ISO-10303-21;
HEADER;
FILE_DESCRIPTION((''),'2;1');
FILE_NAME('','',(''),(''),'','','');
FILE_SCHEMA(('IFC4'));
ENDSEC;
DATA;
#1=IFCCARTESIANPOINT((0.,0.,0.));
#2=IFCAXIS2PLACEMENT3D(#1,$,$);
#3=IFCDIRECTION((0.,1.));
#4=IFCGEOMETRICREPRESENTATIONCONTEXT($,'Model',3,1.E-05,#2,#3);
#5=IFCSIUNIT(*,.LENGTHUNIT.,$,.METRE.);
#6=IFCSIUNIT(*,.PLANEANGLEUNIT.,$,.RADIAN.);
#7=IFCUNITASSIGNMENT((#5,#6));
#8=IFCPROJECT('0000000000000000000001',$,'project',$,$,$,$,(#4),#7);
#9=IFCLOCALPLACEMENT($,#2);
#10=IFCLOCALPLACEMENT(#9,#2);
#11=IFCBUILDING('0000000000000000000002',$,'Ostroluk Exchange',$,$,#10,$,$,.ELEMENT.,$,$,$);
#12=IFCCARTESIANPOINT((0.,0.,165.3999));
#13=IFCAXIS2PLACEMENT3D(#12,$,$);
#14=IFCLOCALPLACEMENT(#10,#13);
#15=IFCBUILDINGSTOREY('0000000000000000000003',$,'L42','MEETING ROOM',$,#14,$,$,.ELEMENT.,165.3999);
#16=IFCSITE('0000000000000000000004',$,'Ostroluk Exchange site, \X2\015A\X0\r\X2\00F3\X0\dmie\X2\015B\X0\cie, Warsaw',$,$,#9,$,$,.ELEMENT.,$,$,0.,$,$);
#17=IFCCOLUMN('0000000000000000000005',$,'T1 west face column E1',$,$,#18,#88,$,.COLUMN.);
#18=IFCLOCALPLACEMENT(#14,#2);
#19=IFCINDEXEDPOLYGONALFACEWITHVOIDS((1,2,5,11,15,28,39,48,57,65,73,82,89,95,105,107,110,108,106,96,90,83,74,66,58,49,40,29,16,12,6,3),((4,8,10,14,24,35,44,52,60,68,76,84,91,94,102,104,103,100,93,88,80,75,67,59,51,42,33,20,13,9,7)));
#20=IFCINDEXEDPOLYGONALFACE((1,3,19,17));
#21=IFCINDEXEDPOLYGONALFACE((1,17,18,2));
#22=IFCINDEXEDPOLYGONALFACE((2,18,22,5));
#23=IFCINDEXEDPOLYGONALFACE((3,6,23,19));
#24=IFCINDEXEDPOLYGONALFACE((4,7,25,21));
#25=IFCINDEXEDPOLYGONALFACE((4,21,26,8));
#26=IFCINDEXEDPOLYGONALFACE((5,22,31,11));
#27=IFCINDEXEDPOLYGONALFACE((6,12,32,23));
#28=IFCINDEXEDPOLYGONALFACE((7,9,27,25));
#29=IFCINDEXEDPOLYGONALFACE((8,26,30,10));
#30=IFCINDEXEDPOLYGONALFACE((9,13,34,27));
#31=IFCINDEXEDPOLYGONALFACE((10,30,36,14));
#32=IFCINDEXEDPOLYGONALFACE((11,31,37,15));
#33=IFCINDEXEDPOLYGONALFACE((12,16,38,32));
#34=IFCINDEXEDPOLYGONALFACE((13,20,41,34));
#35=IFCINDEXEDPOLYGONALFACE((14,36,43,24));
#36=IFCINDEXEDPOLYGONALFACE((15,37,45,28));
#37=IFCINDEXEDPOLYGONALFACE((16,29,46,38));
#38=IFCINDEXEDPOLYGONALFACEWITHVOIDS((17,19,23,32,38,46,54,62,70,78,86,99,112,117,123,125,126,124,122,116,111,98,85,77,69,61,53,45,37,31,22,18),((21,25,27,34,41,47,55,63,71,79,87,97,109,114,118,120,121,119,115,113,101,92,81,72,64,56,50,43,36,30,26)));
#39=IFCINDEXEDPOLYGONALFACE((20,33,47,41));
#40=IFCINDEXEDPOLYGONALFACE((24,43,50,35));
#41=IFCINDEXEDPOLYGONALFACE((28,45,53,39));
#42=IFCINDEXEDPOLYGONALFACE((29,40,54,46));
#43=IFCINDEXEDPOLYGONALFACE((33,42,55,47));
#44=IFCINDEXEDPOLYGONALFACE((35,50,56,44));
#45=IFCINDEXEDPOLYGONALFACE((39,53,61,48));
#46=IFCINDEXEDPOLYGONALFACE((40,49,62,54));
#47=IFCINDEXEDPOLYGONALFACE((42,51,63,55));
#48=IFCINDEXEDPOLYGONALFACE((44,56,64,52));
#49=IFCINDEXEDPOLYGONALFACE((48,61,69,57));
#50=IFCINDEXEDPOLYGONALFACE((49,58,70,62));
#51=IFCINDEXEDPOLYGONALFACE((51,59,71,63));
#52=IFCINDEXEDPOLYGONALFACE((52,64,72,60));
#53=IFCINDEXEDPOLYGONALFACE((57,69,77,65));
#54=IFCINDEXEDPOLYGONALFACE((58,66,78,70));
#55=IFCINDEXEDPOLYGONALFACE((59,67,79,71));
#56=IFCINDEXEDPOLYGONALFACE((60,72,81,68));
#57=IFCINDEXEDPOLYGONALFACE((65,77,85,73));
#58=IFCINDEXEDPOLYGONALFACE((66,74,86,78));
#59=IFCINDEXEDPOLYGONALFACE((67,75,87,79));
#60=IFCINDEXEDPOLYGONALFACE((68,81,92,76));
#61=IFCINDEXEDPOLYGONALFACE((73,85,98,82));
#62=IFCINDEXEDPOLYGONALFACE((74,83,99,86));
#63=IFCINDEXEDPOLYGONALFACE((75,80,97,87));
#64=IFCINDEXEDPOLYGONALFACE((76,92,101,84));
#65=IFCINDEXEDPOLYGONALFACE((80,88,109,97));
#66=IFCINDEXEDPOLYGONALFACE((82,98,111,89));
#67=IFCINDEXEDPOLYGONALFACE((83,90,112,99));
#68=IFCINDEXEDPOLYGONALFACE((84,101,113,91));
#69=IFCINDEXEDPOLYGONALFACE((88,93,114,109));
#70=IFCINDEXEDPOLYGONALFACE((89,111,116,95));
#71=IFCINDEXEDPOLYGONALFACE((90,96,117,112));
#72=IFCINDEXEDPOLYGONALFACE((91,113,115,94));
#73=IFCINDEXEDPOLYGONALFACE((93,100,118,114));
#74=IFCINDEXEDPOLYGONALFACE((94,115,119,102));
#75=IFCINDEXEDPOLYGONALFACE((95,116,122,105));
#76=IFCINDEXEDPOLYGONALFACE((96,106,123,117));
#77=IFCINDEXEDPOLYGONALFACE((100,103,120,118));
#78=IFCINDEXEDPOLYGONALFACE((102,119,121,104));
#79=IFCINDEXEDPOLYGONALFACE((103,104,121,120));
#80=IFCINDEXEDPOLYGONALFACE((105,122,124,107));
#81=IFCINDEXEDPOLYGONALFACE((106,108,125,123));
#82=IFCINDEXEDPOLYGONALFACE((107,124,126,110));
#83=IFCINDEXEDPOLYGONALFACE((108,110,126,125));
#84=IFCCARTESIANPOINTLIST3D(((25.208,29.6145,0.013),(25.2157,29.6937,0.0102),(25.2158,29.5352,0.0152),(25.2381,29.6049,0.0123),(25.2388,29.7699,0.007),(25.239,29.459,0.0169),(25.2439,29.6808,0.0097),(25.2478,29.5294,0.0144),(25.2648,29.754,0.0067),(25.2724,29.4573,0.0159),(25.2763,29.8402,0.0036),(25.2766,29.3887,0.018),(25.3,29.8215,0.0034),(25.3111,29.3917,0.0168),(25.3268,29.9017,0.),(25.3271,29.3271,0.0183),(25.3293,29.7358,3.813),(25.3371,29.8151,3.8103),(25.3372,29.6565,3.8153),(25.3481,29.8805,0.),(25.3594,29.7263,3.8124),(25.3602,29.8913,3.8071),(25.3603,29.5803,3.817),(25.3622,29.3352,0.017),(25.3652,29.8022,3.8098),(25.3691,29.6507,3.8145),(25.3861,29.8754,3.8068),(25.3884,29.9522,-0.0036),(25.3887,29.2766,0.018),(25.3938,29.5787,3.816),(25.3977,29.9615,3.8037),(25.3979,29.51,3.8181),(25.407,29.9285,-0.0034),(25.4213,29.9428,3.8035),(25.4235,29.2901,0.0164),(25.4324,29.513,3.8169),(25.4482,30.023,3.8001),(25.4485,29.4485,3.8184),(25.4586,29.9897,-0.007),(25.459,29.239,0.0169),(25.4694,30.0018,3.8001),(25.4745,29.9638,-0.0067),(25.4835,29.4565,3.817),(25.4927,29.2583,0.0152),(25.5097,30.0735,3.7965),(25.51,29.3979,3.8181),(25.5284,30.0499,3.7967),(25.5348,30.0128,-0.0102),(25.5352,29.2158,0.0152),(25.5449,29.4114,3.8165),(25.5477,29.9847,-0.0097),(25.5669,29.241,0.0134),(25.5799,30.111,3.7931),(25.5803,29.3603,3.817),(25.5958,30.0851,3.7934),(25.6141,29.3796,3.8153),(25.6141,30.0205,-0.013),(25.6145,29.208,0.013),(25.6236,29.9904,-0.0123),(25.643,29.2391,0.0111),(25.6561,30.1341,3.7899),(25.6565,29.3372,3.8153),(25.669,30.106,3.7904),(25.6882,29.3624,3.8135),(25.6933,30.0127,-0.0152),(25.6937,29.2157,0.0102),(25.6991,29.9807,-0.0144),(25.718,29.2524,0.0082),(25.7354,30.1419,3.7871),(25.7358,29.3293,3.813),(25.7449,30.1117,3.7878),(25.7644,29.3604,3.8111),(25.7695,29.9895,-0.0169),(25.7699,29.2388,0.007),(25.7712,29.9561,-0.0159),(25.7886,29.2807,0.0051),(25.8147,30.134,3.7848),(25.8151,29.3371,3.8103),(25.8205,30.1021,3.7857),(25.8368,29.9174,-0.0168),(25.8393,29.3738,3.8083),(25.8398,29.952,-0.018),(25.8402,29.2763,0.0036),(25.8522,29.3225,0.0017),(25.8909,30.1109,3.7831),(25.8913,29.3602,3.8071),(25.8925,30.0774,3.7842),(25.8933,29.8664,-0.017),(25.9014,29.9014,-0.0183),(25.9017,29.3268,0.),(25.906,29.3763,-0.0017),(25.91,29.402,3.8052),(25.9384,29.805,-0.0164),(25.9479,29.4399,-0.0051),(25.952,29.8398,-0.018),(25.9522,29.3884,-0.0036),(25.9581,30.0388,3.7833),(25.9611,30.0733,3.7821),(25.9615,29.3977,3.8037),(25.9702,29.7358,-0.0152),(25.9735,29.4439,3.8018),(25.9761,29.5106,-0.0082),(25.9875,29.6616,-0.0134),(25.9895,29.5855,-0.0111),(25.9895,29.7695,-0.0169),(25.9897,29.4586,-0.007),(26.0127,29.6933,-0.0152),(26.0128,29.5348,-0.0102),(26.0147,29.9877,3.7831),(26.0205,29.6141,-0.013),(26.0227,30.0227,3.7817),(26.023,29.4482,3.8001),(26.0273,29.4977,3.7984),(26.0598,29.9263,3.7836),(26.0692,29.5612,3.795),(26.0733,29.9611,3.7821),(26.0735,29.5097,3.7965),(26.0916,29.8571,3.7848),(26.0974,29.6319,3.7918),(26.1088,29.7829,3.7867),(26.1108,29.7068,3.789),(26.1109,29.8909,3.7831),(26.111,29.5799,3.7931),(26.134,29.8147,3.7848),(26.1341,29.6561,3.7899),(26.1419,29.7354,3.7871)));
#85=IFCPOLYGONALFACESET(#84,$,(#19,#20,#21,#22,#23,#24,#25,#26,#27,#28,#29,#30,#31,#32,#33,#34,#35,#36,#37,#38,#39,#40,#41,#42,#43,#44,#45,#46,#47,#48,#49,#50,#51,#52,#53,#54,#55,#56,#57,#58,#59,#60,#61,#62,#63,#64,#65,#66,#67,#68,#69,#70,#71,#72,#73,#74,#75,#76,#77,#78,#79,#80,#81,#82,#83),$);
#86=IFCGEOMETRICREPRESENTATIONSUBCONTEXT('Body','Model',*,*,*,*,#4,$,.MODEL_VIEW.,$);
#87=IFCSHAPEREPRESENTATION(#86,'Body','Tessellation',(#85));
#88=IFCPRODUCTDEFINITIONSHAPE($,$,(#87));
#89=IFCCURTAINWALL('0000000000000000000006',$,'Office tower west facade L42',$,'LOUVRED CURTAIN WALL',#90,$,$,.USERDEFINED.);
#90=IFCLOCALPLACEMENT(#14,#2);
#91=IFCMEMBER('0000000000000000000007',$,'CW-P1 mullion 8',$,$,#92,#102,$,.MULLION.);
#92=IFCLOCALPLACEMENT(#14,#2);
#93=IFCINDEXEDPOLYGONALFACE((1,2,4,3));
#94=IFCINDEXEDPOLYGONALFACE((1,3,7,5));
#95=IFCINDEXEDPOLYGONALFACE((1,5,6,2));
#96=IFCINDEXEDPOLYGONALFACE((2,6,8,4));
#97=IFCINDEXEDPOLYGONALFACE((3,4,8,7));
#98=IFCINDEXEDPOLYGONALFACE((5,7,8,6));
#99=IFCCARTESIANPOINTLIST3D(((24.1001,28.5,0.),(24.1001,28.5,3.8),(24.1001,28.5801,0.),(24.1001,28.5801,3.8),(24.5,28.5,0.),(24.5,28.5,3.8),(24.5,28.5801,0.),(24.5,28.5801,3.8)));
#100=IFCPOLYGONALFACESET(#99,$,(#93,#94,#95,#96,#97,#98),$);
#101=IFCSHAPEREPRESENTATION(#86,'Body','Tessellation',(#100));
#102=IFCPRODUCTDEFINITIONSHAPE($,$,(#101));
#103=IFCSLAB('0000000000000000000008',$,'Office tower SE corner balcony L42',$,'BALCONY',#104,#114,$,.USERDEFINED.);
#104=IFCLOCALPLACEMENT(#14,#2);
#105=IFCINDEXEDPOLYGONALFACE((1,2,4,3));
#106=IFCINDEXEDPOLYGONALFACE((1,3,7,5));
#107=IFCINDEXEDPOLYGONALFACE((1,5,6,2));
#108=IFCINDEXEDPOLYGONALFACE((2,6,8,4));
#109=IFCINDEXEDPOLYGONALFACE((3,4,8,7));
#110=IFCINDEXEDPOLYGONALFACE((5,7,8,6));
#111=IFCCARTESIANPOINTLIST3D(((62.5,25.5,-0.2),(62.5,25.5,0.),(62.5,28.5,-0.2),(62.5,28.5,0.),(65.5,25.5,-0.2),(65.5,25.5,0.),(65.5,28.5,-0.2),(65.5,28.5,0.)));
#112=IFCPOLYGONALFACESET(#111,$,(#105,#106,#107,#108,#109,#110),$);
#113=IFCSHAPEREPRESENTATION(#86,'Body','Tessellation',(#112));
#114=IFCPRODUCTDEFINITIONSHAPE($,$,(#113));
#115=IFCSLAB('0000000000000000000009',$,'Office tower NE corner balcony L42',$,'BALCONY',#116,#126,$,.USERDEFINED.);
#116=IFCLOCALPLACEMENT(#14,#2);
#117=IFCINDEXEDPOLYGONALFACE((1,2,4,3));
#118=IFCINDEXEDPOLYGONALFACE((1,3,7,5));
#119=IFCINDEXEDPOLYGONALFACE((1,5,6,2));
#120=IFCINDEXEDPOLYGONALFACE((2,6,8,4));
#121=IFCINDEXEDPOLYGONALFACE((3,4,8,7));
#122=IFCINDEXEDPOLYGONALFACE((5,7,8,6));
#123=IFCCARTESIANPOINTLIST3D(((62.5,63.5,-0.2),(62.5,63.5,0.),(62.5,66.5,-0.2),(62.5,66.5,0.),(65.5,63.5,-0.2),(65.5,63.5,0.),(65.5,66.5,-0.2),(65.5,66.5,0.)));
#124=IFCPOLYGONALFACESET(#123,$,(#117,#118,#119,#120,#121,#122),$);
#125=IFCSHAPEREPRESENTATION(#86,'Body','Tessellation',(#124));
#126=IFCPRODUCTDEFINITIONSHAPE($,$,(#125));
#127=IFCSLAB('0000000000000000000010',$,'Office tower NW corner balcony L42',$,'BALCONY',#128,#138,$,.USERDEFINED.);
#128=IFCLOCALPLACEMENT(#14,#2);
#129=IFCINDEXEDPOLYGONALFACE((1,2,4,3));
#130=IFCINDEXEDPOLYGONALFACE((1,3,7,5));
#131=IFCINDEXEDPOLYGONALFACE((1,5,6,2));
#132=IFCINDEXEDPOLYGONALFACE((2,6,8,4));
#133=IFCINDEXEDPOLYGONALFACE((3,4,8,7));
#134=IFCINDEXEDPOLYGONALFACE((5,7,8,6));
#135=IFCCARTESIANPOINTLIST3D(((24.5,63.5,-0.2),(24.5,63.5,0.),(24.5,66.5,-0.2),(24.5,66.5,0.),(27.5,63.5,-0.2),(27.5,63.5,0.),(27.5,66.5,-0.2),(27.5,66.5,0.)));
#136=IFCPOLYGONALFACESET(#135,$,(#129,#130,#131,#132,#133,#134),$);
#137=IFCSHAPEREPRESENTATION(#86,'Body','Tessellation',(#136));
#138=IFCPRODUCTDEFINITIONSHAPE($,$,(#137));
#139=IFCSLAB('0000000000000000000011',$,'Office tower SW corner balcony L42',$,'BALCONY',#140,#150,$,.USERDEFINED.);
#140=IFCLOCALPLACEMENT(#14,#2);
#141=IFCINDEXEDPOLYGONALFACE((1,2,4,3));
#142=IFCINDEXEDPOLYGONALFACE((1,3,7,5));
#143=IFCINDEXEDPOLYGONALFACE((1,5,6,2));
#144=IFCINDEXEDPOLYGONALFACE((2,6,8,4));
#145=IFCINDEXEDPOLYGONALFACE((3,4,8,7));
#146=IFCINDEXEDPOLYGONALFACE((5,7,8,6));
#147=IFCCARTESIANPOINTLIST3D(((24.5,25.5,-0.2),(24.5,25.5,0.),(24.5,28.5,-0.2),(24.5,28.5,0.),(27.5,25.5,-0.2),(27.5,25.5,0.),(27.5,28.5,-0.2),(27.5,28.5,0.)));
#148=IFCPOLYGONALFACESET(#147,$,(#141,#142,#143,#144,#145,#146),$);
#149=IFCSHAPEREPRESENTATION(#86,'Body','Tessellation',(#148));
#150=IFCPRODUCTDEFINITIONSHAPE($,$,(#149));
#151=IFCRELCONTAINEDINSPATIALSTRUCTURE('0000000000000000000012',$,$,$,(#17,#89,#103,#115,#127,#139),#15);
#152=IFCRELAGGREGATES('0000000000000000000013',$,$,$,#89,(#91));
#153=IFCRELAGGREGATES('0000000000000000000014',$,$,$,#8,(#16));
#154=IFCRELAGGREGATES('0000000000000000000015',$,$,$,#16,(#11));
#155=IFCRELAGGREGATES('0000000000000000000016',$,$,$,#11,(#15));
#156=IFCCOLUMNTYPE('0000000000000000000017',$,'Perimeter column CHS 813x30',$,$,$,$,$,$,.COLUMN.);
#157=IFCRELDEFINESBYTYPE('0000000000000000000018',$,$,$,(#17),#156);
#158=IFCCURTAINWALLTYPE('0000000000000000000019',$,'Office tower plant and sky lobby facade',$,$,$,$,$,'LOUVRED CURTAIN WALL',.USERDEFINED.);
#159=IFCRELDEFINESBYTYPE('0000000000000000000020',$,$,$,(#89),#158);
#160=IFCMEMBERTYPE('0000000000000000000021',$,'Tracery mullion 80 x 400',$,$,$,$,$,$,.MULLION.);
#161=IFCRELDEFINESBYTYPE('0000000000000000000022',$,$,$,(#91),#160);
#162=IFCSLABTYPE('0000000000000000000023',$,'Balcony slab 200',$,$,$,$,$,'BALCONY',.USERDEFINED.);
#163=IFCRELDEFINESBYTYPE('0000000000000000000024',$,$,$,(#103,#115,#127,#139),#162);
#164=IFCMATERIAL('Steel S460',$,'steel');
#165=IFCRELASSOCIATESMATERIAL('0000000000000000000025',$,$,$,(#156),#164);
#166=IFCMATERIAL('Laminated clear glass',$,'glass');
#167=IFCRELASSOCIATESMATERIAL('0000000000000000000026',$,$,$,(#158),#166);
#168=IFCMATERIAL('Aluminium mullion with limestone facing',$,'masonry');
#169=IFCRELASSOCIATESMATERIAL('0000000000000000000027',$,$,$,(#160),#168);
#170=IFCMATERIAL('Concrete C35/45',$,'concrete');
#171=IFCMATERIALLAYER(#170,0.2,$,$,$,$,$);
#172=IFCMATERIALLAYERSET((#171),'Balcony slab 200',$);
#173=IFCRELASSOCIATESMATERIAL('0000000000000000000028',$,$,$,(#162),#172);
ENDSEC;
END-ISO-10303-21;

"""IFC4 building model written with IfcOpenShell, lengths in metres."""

from ifc_helpers import new_model, si_unit, direction, frame, origin, origin_2d, place, context, subcontext, project, spatial, polyline, rectangle, hollow_circle, outline, extrude, material, layer, layer_set, material_profile, profile_set, type_object, element, aggregate, save


model = new_model("IFC4")

# Units and contexts
model_context = context("Model", 3, precision=1e-05, world=origin(), true_north=direction((0.0, 1.0)))
body_context = subcontext(model_context, "Body", "Model", "MODEL_VIEW")
ifc_project = project(units=[si_unit("LENGTHUNIT", "METRE"), si_unit("PLANEANGLEUNIT", "RADIAN")], contexts=[model_context])

# Site, building, storey
site_placement = place(None, origin())
site = spatial("IfcSite", under=ifc_project, at=site_placement, Name="Ostroluk Exchange site, Śródmieście, Warsaw", CompositionType="ELEMENT", RefElevation=0.0)
building_placement = place(site_placement, origin())
building = spatial("IfcBuilding", under=site, at=building_placement, Name="Ostroluk Exchange", CompositionType="ELEMENT")
storey_placement = place(building_placement, frame((0.0, 0.0, 165.3999)))
storey = spatial("IfcBuildingStorey", under=building, at=storey_placement, Name="L42", Description="MEETING ROOM", CompositionType="ELEMENT", Elevation=165.3999)

# Column
ifc_material_1 = material(Name="Steel S460", Category="steel")
ifc_material_profile_1 = material_profile(ifc_material_1, hollow_circle(Radius=0.4065, WallThickness=0.03, at=origin_2d()), Name="CHS 813x30")
ifc_profile_set_1 = profile_set([ifc_material_profile_1], Name="Steel S460")
column_type = type_object("IfcColumnType", Name="Perimeter column CHS 813x30", PredefinedType="COLUMN", material=ifc_profile_set_1)
column_placement = place(storey_placement, frame((25.6143, 29.6143, 0.0), z_axis=(0.031898, 0.031898, 0.998982), x_axis=(-0.707107, 0.707107, 0.0)))
element("IfcColumn", 1, at=column_placement, inside=storey, type_object=column_type, Name="T1 west face column E1", PredefinedType="COLUMN", context=body_context, shape_type="SweptSolid", body=[
    extrude(hollow_circle(Radius=0.4065, WallThickness=0.03, at=origin_2d()), origin(), (0.0, 0.0, 1.0), 3.804),
])

# Curtain wall, member
ifc_material_2 = material(Name="Laminated clear glass", Category="glass")
curtain_wall_type = type_object("IfcCurtainWallType", Name="Office tower plant and sky lobby facade", ElementType="LOUVRED CURTAIN WALL", PredefinedType="USERDEFINED", material=ifc_material_2)
curtain_wall_placement = place(storey_placement, origin())
curtain_wall = element("IfcCurtainWall", 2, at=curtain_wall_placement, inside=storey, type_object=curtain_wall_type, Name="Office tower west facade L42", ObjectType="LOUVRED CURTAIN WALL", PredefinedType="USERDEFINED")
ifc_material_3 = material(Name="Aluminium mullion with limestone facing", Category="masonry")
ifc_material_profile_2 = material_profile(ifc_material_3, rectangle(XDim=0.3999, YDim=0.0801, at=origin_2d()), Name="Tracery mullion 80 x 400")
ifc_profile_set_2 = profile_set([ifc_material_profile_2], Name="Aluminium mullion with limestone facing")
member_type = type_object("IfcMemberType", Name="Tracery mullion 80 x 400", PredefinedType="MULLION", material=ifc_profile_set_2)
member_placement = place(storey_placement, frame((24.3, 28.54, 0.0), z_axis=(0.0, 0.0, 1.0), x_axis=(1.0, 0.0, 0.0)))
member = element("IfcMember", 3, at=member_placement, type_object=member_type, Name="CW-P1 mullion 8", PredefinedType="MULLION", context=body_context, shape_type="SweptSolid", body=[
    extrude(rectangle(XDim=0.3999, YDim=0.0801, at=origin_2d()), origin(), (0.0, 0.0, 1.0), 3.8),
])
aggregate(curtain_wall, [member])

# Slabs
ifc_material_4 = material(Name="Concrete C35/45", Category="concrete")
ifc_layer_1 = layer(ifc_material_4, 0.2)
ifc_layer_set_1 = layer_set([ifc_layer_1], Name="Balcony slab 200")
slab_type_1 = type_object("IfcSlabType", Name="Balcony slab 200", ElementType="BALCONY", PredefinedType="USERDEFINED", material=ifc_layer_set_1)
slab_1_placement = place(storey_placement, frame((0.0, 0.0, -0.2)))
element("IfcSlab", 4, at=slab_1_placement, inside=storey, type_object=slab_type_1, Name="Office tower SE corner balcony L42", ObjectType="BALCONY", PredefinedType="USERDEFINED", context=body_context, shape_type="SweptSolid", body=[
    extrude(outline(polyline([(62.5, 25.5), (65.5, 25.5), (65.5, 28.5), (62.5, 28.5), (62.5, 25.5)])), origin(), (0.0, 0.0, 1.0), 0.2),
])
slab_2_placement = place(storey_placement, frame((0.0, 0.0, -0.2)))
element("IfcSlab", 5, at=slab_2_placement, inside=storey, type_object=slab_type_1, Name="Office tower NE corner balcony L42", ObjectType="BALCONY", PredefinedType="USERDEFINED", context=body_context, shape_type="SweptSolid", body=[
    extrude(outline(polyline([(62.5, 63.5), (65.5, 63.5), (65.5, 66.5), (62.5, 66.5), (62.5, 63.5)])), origin(), (0.0, 0.0, 1.0), 0.2),
])
slab_3_placement = place(storey_placement, frame((0.0, 0.0, -0.2)))
element("IfcSlab", 6, at=slab_3_placement, inside=storey, type_object=slab_type_1, Name="Office tower NW corner balcony L42", ObjectType="BALCONY", PredefinedType="USERDEFINED", context=body_context, shape_type="SweptSolid", body=[
    extrude(outline(polyline([(24.5, 63.5), (27.5, 63.5), (27.5, 66.5), (24.5, 66.5), (24.5, 63.5)])), origin(), (0.0, 0.0, 1.0), 0.2),
])
slab_4_placement = place(storey_placement, frame((0.0, 0.0, -0.2)))
element("IfcSlab", 7, at=slab_4_placement, inside=storey, type_object=slab_type_1, Name="Office tower SW corner balcony L42", ObjectType="BALCONY", PredefinedType="USERDEFINED", context=body_context, shape_type="SweptSolid", body=[
    extrude(outline(polyline([(24.5, 25.5), (27.5, 25.5), (27.5, 28.5), (24.5, 28.5), (24.5, 25.5)])), origin(), (0.0, 0.0, 1.0), 0.2),
])

save(model, "model.ifc")
